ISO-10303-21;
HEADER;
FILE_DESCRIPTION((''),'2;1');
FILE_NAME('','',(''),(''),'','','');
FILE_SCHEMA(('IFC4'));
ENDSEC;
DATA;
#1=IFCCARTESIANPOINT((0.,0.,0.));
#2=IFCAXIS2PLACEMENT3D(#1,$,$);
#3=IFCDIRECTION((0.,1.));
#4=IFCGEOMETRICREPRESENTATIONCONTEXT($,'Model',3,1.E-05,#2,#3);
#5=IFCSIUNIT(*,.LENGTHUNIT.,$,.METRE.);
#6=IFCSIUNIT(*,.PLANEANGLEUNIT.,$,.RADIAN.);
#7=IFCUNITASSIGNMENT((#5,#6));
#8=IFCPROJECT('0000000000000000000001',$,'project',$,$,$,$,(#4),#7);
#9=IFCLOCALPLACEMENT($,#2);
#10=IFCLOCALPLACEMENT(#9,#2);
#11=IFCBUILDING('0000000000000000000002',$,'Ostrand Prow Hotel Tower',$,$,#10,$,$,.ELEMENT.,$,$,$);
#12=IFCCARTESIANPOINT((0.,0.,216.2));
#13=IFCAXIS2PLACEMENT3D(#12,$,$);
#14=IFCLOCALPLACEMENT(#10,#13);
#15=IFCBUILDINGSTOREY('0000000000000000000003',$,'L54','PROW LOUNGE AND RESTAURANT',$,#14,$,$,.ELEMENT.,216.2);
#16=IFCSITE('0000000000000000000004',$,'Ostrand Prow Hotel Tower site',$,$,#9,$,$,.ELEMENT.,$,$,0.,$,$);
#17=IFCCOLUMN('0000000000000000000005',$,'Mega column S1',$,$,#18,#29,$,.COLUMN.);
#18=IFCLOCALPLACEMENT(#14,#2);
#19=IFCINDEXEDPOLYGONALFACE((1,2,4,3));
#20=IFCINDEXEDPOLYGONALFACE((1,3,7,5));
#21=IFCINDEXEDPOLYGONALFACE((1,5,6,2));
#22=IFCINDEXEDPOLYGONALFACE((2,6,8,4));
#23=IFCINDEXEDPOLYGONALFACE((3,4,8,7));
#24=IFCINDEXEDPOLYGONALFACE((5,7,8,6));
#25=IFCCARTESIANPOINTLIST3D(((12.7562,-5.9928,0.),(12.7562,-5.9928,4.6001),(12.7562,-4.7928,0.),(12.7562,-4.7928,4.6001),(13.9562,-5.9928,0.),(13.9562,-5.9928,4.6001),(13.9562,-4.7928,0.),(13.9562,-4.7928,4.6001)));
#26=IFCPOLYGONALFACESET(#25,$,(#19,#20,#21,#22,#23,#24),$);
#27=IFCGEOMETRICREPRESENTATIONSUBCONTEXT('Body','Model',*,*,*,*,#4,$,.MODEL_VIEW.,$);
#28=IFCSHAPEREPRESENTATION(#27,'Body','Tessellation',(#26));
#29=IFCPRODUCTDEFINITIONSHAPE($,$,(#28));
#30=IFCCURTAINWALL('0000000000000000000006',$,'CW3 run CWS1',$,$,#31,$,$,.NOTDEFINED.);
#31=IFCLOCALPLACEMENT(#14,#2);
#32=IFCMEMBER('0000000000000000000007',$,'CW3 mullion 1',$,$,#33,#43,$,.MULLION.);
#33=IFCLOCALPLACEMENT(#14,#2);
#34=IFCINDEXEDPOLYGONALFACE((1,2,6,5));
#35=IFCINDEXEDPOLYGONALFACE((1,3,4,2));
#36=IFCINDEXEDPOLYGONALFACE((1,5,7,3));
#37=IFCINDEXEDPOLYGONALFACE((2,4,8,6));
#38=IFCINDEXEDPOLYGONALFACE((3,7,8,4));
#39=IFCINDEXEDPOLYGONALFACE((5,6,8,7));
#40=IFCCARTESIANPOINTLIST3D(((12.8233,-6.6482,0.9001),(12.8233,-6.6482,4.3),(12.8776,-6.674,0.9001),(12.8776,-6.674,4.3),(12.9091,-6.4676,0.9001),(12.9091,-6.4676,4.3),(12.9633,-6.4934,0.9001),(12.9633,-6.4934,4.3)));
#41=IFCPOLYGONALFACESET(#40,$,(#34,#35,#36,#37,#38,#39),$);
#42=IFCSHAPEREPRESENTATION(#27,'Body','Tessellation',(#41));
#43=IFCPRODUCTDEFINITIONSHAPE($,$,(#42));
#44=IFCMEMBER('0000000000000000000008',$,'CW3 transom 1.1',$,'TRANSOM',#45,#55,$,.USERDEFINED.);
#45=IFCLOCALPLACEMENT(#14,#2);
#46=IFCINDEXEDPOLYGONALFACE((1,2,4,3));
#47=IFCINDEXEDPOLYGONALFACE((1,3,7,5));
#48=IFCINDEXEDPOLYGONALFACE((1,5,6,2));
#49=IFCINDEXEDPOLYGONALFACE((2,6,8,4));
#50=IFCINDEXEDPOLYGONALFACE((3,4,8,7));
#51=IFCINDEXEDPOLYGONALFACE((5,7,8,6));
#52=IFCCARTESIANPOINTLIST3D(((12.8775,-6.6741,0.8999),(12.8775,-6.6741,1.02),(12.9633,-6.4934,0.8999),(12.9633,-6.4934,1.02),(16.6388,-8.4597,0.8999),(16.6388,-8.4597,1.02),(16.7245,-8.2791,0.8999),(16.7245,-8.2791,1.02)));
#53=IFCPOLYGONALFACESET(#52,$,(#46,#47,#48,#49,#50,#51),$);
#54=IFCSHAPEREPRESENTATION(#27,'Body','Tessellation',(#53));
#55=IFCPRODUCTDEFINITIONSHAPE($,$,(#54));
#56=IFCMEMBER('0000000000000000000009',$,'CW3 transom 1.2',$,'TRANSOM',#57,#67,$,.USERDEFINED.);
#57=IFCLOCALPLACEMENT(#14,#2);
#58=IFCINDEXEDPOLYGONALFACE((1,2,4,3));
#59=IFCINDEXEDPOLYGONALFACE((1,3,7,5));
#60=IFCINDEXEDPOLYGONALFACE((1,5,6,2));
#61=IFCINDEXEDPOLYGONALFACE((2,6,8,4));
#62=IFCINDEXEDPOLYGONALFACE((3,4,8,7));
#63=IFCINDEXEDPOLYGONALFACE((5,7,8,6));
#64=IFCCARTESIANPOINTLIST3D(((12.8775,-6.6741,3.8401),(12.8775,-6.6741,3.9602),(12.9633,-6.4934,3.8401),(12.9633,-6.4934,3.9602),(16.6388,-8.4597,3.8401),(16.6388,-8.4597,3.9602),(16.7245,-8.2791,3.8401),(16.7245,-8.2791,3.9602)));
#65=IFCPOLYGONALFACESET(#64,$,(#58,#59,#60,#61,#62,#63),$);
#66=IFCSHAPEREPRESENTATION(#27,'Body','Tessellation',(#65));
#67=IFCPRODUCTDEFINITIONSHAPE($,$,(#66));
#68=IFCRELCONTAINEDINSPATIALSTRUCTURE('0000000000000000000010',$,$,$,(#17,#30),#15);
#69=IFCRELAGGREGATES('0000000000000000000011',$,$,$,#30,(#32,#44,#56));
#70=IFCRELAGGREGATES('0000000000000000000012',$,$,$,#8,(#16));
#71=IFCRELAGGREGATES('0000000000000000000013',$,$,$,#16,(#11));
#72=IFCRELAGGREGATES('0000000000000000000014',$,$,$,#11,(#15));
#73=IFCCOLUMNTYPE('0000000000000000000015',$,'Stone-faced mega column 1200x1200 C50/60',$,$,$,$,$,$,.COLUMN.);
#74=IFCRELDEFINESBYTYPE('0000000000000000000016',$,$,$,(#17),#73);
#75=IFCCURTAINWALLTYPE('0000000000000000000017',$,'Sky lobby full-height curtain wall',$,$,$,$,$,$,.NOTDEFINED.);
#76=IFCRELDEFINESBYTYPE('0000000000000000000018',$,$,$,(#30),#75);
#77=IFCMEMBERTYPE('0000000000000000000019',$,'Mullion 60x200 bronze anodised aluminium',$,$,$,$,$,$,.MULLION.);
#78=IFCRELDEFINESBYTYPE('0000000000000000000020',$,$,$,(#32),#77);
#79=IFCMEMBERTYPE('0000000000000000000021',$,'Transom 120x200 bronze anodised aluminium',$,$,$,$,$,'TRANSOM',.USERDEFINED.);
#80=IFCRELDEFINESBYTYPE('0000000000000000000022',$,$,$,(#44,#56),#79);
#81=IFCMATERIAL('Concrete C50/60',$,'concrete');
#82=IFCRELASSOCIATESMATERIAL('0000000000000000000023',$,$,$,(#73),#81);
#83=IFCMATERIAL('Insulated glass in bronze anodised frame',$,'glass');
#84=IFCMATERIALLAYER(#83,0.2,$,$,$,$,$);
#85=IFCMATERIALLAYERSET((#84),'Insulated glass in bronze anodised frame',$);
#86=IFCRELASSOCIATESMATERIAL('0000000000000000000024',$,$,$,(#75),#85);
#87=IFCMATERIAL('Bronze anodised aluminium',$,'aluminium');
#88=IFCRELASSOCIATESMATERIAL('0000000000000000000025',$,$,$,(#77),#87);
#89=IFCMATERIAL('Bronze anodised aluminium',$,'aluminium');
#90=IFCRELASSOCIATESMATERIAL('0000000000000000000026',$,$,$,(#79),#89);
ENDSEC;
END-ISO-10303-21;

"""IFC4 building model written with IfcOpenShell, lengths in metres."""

from ifc_helpers import new_model, si_unit, direction, frame, origin, origin_2d, place, context, subcontext, project, spatial, rectangle, extrude, material, layer, layer_set, material_profile, profile_set, type_object, element, aggregate, save


model = new_model("IFC4")

# Units and contexts
model_context = context("Model", 3, precision=1e-05, world=origin(), true_north=direction((0.0, 1.0)))
body_context = subcontext(model_context, "Body", "Model", "MODEL_VIEW")
ifc_project = project(units=[si_unit("LENGTHUNIT", "METRE"), si_unit("PLANEANGLEUNIT", "RADIAN")], contexts=[model_context])

# Site, building, storey
site_placement = place(None, origin())
site = spatial("IfcSite", under=ifc_project, at=site_placement, Name="Ostrand Prow Hotel Tower site", CompositionType="ELEMENT", RefElevation=0.0)
building_placement = place(site_placement, origin())
building = spatial("IfcBuilding", under=site, at=building_placement, Name="Ostrand Prow Hotel Tower", CompositionType="ELEMENT")
storey_placement = place(building_placement, frame((0.0, 0.0, 216.2)))
storey = spatial("IfcBuildingStorey", under=building, at=storey_placement, Name="L54", Description="PROW LOUNGE AND RESTAURANT", CompositionType="ELEMENT", Elevation=216.2)

# Column
ifc_material_1 = material(Name="Concrete C50/60", Category="concrete")
ifc_material_profile_1 = material_profile(ifc_material_1, rectangle(XDim=1.2, YDim=1.2, at=origin_2d()), Name="RC 1200x1200")
ifc_profile_set_1 = profile_set([ifc_material_profile_1], Name="Concrete C50/60")
column_type = type_object("IfcColumnType", Name="Stone-faced mega column 1200x1200 C50/60", PredefinedType="COLUMN", material=ifc_profile_set_1)
column_placement = place(storey_placement, frame((13.3562, -5.3928, 0.0), z_axis=(0.0, 0.0, 1.0), x_axis=(1.0, 0.0, 0.0)))
element("IfcColumn", 1, at=column_placement, inside=storey, type_object=column_type, Name="Mega column S1", PredefinedType="COLUMN", context=body_context, shape_type="SweptSolid", body=[
    extrude(rectangle(XDim=1.2, YDim=1.2, at=origin_2d()), origin(), (0.0, 0.0, 1.0), 4.6001),
])

# Curtain wall, members
ifc_material_2 = material(Name="Insulated glass in bronze anodised frame", Category="glass")
ifc_layer_1 = layer(ifc_material_2, 0.2)
ifc_layer_set_1 = layer_set([ifc_layer_1], Name="Insulated glass in bronze anodised frame")
curtain_wall_type = type_object("IfcCurtainWallType", Name="Sky lobby full-height curtain wall", PredefinedType="NOTDEFINED", material=ifc_layer_set_1)
curtain_wall_placement = place(storey_placement, origin())
curtain_wall = element("IfcCurtainWall", 2, at=curtain_wall_placement, inside=storey, type_object=curtain_wall_type, Name="CW3 run CWS1", PredefinedType="NOTDEFINED")
ifc_material_3 = material(Name="Bronze anodised aluminium", Category="aluminium")
ifc_material_profile_2 = material_profile(ifc_material_3, rectangle(XDim=0.2, YDim=0.0601, at=origin_2d()), Name="Mullion 60x200 bronze anodised aluminium")
ifc_profile_set_2 = profile_set([ifc_material_profile_2], Name="Bronze anodised aluminium")
member_type_1 = type_object("IfcMemberType", Name="Mullion 60x200 bronze anodised aluminium", PredefinedType="MULLION", material=ifc_profile_set_2)
member_1_placement = place(storey_placement, frame((12.8933, -6.5708, 0.9001), z_axis=(0.0, 0.0, 1.0), x_axis=(0.428861, 0.90337, 0.0)))
member_1 = element("IfcMember", 3, at=member_1_placement, type_object=member_type_1, Name="CW3 mullion 1", PredefinedType="MULLION", context=body_context, shape_type="SweptSolid", body=[
    extrude(rectangle(XDim=0.2, YDim=0.0601, at=origin_2d()), origin(), (0.0, 0.0, 1.0), 3.3999),
])
ifc_material_4 = material(Name="Bronze anodised aluminium", Category="aluminium")
ifc_material_profile_3 = material_profile(ifc_material_4, rectangle(XDim=0.2, YDim=0.1201, at=origin_2d()), Name="Transom 120x200 bronze anodised aluminium")
ifc_profile_set_3 = profile_set([ifc_material_profile_3], Name="Bronze anodised aluminium")
member_type_2 = type_object("IfcMemberType", Name="Transom 120x200 bronze anodised aluminium", ElementType="TRANSOM", PredefinedType="USERDEFINED", material=ifc_profile_set_3)
member_2_placement = place(storey_placement, frame((12.9204, -6.5837, 0.96), z_axis=(0.903365, -0.428873, 0.0), x_axis=(0.428873, 0.903365, 0.0)))
member_2 = element("IfcMember", 4, at=member_2_placement, type_object=member_type_2, Name="CW3 transom 1.1", ObjectType="TRANSOM", PredefinedType="USERDEFINED", context=body_context, shape_type="SweptSolid", body=[
    extrude(rectangle(XDim=0.2, YDim=0.1201, at=origin_2d()), origin(), (0.0, 0.0, 1.0), 4.1636),
])
member_3_placement = place(storey_placement, frame((12.9204, -6.5837, 3.9001), z_axis=(0.903365, -0.428873, 0.0), x_axis=(0.428873, 0.903365, 0.0)))
member_3 = element("IfcMember", 5, at=member_3_placement, type_object=member_type_2, Name="CW3 transom 1.2", ObjectType="TRANSOM", PredefinedType="USERDEFINED", context=body_context, shape_type="SweptSolid", body=[
    extrude(rectangle(XDim=0.2, YDim=0.1201, at=origin_2d()), origin(), (0.0, 0.0, 1.0), 4.1636),
])
aggregate(curtain_wall, [member_1, member_2, member_3])

save(model, "model.ifc")
